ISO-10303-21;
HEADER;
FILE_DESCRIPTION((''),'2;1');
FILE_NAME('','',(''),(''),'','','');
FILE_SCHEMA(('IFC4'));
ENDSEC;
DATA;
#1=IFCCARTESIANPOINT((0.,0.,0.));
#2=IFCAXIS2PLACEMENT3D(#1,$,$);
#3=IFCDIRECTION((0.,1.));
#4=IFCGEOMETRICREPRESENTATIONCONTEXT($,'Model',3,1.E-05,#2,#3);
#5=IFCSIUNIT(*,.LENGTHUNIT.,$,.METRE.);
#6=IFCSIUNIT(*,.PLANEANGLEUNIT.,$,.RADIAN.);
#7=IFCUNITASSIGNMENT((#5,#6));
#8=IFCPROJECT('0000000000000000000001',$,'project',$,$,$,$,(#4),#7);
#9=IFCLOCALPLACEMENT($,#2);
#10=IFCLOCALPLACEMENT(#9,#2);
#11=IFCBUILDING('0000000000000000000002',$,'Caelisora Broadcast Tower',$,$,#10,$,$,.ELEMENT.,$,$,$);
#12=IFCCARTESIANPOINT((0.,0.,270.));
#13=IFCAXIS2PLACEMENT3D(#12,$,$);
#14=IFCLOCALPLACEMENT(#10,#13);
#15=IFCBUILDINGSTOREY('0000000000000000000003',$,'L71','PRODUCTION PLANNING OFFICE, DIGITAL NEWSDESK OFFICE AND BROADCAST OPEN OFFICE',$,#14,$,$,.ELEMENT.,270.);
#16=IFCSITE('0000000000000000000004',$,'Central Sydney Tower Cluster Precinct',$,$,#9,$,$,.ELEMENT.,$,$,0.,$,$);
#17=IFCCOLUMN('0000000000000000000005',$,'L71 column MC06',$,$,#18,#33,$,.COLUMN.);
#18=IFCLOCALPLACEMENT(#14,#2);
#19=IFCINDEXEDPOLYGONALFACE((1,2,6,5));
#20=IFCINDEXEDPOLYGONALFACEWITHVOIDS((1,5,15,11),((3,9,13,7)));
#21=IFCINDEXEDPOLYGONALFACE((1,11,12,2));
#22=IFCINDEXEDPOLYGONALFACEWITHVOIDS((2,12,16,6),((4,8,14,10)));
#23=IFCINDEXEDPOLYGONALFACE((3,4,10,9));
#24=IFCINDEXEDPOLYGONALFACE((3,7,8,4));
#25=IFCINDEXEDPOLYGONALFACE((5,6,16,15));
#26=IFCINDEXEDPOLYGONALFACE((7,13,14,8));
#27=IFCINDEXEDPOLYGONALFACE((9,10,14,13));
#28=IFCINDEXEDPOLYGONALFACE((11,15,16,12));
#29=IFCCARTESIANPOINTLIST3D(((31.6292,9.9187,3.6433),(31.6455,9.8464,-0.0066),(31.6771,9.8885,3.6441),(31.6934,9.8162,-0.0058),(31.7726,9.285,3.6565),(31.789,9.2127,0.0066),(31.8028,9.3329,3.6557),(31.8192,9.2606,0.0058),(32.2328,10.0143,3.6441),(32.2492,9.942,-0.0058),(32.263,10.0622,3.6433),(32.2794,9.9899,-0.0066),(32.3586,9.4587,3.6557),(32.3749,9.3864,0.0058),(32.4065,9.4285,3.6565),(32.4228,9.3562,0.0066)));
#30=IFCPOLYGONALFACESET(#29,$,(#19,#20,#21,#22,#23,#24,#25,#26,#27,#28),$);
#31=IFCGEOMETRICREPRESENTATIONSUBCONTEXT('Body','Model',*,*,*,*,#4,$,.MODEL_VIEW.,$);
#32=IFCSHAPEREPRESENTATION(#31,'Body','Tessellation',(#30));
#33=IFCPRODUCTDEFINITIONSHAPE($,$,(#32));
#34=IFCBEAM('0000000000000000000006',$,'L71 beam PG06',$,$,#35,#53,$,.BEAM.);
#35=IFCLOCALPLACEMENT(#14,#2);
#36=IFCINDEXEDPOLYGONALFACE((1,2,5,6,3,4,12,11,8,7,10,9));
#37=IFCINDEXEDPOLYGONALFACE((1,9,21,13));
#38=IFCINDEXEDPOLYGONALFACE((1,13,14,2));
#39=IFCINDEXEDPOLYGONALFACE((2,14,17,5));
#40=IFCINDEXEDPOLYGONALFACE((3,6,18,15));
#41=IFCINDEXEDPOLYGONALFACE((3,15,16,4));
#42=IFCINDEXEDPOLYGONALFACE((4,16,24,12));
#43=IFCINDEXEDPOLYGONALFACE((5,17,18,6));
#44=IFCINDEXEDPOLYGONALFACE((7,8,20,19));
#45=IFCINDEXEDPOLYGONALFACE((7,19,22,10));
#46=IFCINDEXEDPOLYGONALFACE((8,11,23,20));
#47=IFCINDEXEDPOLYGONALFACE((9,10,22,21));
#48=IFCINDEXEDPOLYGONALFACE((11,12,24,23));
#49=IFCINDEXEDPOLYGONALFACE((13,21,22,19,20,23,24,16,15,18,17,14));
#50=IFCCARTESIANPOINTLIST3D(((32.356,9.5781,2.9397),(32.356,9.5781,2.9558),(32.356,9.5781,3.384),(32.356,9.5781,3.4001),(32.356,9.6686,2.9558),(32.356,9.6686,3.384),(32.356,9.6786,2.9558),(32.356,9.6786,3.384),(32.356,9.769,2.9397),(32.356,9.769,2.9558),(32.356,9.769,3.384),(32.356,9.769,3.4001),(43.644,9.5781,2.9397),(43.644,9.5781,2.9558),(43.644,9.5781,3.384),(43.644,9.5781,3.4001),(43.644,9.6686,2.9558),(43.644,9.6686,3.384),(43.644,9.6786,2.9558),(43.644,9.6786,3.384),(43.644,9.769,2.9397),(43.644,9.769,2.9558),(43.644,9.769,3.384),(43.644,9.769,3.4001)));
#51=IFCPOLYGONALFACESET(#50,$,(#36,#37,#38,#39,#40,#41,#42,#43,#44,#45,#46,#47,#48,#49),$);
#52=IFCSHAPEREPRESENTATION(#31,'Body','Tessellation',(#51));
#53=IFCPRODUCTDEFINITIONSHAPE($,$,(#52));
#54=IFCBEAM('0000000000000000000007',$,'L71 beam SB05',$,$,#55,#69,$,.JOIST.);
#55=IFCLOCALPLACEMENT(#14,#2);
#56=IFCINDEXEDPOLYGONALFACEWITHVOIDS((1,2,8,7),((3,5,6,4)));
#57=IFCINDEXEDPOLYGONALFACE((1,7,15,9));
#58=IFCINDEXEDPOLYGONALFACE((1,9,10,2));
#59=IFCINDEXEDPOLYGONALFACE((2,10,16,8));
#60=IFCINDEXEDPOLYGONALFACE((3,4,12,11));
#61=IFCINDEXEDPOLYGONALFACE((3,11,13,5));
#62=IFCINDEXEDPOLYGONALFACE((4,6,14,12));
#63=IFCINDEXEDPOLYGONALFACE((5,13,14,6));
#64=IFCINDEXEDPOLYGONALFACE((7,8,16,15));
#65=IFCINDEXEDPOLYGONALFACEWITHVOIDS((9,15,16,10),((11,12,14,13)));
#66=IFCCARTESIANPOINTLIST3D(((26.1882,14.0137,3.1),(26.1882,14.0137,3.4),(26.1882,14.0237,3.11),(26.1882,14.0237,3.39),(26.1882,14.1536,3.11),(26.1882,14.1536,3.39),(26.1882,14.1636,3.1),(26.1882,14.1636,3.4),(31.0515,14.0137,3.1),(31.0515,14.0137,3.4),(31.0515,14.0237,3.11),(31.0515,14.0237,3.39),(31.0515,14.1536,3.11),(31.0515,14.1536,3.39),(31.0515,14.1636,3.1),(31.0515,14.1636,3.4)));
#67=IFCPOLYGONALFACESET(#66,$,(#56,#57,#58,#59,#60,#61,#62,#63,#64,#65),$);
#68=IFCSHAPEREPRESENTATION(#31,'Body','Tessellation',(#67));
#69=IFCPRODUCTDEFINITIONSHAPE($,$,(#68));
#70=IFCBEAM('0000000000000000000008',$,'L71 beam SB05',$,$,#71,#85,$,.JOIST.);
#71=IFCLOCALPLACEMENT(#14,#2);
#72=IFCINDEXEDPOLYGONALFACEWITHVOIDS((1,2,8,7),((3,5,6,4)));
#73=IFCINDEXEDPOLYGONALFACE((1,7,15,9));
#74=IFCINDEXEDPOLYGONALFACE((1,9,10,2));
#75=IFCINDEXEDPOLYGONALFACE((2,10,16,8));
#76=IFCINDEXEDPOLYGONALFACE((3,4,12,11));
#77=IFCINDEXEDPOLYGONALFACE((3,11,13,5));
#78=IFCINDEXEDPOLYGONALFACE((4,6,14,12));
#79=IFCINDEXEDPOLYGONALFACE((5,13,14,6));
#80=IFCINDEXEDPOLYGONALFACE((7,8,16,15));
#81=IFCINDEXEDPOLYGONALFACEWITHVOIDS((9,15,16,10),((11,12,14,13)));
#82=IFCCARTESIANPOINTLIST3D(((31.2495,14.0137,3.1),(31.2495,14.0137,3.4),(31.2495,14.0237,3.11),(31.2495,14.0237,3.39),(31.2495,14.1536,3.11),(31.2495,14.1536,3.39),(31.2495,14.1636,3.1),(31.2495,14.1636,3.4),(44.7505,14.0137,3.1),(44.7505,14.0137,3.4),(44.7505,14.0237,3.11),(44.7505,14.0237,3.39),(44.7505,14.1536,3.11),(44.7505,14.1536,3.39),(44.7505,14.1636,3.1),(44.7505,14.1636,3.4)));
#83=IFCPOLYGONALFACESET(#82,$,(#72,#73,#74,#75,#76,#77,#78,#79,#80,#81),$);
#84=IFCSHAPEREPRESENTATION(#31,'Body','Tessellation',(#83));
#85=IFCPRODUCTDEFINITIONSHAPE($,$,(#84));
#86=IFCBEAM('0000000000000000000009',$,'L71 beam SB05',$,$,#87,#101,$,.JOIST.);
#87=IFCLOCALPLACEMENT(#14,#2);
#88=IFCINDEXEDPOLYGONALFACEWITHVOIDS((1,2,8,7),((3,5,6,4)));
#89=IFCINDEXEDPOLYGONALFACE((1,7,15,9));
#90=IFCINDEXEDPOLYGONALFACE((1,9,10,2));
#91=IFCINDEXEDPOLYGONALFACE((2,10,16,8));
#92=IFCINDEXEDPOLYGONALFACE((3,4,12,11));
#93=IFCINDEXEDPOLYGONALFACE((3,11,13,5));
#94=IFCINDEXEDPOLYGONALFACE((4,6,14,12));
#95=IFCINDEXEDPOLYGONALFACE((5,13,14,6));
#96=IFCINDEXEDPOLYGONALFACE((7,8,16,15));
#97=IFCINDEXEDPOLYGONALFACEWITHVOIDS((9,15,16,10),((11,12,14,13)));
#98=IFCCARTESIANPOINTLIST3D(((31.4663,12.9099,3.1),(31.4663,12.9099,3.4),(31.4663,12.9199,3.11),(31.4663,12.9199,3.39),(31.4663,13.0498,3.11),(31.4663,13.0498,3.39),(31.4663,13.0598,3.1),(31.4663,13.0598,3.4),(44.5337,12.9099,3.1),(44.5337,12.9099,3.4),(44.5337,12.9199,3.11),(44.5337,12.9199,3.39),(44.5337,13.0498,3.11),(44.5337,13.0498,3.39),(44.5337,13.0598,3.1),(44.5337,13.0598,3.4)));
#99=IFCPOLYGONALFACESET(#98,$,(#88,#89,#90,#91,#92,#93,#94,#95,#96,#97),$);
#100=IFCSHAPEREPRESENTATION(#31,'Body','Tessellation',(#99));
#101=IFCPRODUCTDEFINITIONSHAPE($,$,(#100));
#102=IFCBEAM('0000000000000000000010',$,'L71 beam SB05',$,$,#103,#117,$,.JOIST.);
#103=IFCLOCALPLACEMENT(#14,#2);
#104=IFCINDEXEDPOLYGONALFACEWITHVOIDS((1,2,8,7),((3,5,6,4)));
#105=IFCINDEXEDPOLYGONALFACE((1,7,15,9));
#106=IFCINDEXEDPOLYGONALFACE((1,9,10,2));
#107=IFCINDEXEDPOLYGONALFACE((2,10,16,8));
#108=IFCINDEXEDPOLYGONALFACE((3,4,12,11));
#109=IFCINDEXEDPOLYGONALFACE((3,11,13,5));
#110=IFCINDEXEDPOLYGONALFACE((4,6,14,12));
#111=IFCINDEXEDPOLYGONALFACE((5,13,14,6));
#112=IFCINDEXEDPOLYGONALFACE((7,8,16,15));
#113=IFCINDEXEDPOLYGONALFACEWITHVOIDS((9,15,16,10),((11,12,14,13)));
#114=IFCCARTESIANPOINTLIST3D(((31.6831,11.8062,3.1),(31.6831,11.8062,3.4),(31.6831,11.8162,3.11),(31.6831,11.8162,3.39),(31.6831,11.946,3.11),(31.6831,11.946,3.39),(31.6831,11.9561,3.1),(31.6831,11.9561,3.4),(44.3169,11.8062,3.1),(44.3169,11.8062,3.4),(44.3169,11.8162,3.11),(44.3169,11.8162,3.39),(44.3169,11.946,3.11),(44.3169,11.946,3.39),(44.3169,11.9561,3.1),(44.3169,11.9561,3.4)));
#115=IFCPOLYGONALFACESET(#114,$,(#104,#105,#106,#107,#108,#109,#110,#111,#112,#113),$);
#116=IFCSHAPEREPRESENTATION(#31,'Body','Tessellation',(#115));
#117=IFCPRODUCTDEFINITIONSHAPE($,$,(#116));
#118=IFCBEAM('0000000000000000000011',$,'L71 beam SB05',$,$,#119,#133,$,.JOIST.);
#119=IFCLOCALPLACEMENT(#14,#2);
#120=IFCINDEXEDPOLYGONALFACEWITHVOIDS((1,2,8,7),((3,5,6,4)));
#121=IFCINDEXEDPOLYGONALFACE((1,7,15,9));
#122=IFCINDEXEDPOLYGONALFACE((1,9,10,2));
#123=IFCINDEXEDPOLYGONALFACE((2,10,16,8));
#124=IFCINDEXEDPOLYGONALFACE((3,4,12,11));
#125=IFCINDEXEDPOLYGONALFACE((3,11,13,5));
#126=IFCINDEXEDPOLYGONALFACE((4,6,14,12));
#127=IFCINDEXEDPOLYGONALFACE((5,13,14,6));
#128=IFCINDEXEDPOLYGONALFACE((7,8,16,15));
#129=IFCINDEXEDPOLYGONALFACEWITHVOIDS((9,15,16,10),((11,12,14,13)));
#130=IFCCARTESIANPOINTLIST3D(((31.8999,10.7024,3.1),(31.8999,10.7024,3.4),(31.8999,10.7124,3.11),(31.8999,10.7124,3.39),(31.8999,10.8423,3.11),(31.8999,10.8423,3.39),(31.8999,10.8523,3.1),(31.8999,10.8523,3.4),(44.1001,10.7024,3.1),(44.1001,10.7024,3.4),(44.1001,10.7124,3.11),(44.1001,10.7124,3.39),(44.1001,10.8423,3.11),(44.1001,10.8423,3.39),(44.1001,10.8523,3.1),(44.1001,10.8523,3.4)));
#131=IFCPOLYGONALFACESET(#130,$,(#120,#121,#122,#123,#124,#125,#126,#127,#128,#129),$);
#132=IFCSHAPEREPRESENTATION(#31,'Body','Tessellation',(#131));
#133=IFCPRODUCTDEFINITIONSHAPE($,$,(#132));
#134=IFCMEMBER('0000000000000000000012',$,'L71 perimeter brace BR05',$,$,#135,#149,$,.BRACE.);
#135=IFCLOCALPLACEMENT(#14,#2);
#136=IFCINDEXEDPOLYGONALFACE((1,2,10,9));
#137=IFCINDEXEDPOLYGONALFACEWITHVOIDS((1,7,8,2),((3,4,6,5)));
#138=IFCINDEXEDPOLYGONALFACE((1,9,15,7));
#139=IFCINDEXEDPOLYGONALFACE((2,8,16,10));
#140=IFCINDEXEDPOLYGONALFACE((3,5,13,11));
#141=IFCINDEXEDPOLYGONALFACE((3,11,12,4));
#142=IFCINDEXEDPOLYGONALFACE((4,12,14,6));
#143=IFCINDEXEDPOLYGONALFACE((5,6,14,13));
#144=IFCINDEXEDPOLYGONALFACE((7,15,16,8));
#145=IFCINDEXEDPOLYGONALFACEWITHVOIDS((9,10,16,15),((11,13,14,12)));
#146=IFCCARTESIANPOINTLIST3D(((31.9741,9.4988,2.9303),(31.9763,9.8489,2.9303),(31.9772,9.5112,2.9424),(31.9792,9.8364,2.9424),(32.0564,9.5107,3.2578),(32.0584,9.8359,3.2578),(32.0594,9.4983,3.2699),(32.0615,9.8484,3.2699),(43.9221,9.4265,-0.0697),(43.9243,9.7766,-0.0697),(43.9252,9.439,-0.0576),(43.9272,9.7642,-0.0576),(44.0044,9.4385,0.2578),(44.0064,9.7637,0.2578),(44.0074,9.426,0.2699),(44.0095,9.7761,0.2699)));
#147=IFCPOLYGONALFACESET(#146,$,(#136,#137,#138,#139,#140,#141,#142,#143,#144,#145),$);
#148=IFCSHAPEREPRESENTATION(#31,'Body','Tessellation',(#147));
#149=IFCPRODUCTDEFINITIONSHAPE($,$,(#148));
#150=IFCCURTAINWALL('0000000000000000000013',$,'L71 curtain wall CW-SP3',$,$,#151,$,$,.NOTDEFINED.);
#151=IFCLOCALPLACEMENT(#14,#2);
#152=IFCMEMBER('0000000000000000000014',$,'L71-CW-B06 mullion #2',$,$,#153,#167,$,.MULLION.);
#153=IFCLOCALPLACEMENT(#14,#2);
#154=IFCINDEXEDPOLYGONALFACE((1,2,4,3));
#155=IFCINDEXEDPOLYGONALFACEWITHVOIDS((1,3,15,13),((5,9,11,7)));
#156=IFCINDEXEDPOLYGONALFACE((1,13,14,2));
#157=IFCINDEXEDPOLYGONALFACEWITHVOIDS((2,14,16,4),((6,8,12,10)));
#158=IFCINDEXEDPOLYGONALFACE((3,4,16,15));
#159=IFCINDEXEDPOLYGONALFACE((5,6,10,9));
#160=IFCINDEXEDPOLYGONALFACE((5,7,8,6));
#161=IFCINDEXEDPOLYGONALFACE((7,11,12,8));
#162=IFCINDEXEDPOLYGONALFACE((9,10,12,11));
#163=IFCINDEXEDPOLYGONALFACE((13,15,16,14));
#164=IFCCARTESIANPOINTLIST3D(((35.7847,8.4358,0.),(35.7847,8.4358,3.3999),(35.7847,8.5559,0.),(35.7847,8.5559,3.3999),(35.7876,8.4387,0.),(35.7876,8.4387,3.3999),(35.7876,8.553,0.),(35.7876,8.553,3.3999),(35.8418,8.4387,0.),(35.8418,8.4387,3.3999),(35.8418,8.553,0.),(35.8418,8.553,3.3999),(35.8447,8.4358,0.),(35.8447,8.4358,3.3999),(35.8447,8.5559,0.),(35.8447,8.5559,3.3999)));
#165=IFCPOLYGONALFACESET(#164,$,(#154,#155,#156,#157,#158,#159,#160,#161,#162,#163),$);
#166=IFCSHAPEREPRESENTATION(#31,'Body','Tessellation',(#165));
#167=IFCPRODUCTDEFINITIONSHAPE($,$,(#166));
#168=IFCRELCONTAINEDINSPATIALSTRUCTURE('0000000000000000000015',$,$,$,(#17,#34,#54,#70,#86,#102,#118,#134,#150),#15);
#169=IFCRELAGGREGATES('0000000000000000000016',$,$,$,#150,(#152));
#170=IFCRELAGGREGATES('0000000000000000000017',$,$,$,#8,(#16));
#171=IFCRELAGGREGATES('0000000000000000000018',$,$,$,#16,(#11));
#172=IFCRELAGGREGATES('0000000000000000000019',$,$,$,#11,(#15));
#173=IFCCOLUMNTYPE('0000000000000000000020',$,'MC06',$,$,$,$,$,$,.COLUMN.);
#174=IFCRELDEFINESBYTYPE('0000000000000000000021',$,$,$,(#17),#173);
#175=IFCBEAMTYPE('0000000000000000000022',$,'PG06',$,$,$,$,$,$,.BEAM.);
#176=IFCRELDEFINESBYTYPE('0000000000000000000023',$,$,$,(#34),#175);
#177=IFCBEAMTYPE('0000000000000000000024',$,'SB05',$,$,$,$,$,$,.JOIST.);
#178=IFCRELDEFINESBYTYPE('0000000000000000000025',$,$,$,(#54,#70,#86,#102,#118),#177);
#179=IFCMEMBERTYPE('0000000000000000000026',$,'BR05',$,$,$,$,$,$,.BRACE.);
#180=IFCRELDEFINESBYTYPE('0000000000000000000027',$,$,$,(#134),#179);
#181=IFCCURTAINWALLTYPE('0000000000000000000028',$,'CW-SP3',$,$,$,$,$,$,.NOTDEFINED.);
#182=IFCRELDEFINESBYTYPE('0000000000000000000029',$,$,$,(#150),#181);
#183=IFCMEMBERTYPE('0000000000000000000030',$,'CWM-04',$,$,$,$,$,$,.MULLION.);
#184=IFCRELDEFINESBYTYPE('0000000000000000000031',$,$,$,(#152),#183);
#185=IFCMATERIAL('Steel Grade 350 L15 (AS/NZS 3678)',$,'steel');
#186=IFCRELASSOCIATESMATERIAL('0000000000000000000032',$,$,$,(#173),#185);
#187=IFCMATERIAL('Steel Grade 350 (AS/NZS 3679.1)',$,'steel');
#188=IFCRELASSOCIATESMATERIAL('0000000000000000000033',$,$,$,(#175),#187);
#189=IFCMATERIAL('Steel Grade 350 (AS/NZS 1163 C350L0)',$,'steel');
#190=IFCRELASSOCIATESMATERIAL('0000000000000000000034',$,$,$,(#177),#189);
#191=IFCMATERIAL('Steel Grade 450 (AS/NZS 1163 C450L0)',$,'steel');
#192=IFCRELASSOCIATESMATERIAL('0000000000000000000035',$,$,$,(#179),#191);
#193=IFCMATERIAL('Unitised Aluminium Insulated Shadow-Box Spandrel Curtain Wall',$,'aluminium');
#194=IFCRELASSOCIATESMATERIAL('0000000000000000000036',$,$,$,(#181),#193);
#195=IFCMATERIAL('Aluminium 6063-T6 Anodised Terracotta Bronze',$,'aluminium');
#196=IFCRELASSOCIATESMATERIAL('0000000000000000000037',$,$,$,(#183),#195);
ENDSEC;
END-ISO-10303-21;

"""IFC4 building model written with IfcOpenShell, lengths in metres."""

from ifc_helpers import new_model, si_unit, direction, frame, origin, origin_2d, place, context, subcontext, project, spatial, hollow_rectangle, i_section, extrude, source, transform, mapped, material, material_profile, profile_set, type_object, type_shapes, element, aggregate, save


model = new_model("IFC4")

# Units and contexts
model_context = context("Model", 3, precision=1e-05, world=origin(), true_north=direction((0.0, 1.0)))
body_context = subcontext(model_context, "Body", "Model", "MODEL_VIEW")
ifc_project = project(units=[si_unit("LENGTHUNIT", "METRE"), si_unit("PLANEANGLEUNIT", "RADIAN")], contexts=[model_context])

# Site, building, storey
site_placement = place(None, origin())
site = spatial("IfcSite", under=ifc_project, at=site_placement, Name="Central Sydney Tower Cluster Precinct", CompositionType="ELEMENT", RefElevation=0.0)
building_placement = place(site_placement, origin())
building = spatial("IfcBuilding", under=site, at=building_placement, Name="Caelisora Broadcast Tower", CompositionType="ELEMENT")
storey_placement = place(building_placement, frame((0.0, 0.0, 270.0)))
storey = spatial("IfcBuildingStorey", under=building, at=storey_placement, Name="L71", Description="PRODUCTION PLANNING OFFICE, DIGITAL NEWSDESK OFFICE AND BROADCAST OPEN OFFICE", CompositionType="ELEMENT", Elevation=270.0)

# Column
ifc_material_1 = material(Name="Steel Grade 350 L15 (AS/NZS 3678)", Category="steel")
ifc_material_profile_1 = material_profile(ifc_material_1, hollow_rectangle(XDim=0.6499, YDim=0.6499, WallThickness=0.04, at=origin_2d()), Name="Steel Grade 350 L15 (AS/NZS 3678)")
ifc_profile_set_1 = profile_set([ifc_material_profile_1], Name="Steel Grade 350 L15 (AS/NZS 3678)")
column_type = type_object("IfcColumnType", Name="MC06", PredefinedType="COLUMN", material=ifc_profile_set_1)
shared_shape_1 = source(origin(), body_context, "Body", "SweptSolid", [
    extrude(hollow_rectangle(XDim=0.6499, YDim=0.6499, WallThickness=0.04, at=origin_2d()), origin(), (0.0, 0.0, 1.0), 3.6506),
])
type_shapes(column_type, [shared_shape_1])
column_placement = place(storey_placement, frame((32.0342, 9.6013, 0.0), z_axis=(-0.004481, 0.019795, 0.999794), x_axis=(-0.975327, -0.220767, 0.0)))
element("IfcColumn", 1, at=column_placement, inside=storey, type_object=column_type, Name="L71 column MC06", PredefinedType="COLUMN", context=body_context, shape_type="MappedRepresentation", body=[
    mapped(shared_shape_1, transform((0.0, 0.0, 0.0), scale=1.0)),
])

# Beams
ifc_material_2 = material(Name="Steel Grade 350 (AS/NZS 3679.1)", Category="steel")
ifc_material_profile_2 = material_profile(ifc_material_2, i_section(OverallWidth=0.1909, OverallDepth=0.4604, WebThickness=0.01, FlangeThickness=0.0161, at=origin_2d()), Name="Steel Grade 350 (AS/NZS 3679.1)")
ifc_profile_set_2 = profile_set([ifc_material_profile_2], Name="Steel Grade 350 (AS/NZS 3679.1)")
beam_type_1 = type_object("IfcBeamType", Name="PG06", PredefinedType="BEAM", material=ifc_profile_set_2)
shared_shape_2 = source(origin(), body_context, "Body", "SweptSolid", [
    extrude(i_section(OverallWidth=0.1909, OverallDepth=0.4604, WebThickness=0.01, FlangeThickness=0.0161, at=origin_2d()), origin(), (0.0, 0.0, 1.0), 11.2881),
])
type_shapes(beam_type_1, [shared_shape_2])
beam_1_placement = place(storey_placement, frame((32.356, 9.6736, 3.1699), z_axis=(1.0, 0.0, 0.0), x_axis=(0.0, 1.0, 0.0)))
element("IfcBeam", 2, at=beam_1_placement, inside=storey, type_object=beam_type_1, Name="L71 beam PG06", PredefinedType="BEAM", context=body_context, shape_type="MappedRepresentation", body=[
    mapped(shared_shape_2, transform((0.0, 0.0, 0.0), scale=1.0)),
])
ifc_material_3 = material(Name="Steel Grade 350 (AS/NZS 1163 C350L0)", Category="steel")
ifc_material_profile_3 = material_profile(ifc_material_3, hollow_rectangle(XDim=0.1499, YDim=0.3, WallThickness=0.01, at=origin_2d()), Name="Steel Grade 350 (AS/NZS 1163 C350L0)")
ifc_profile_set_3 = profile_set([ifc_material_profile_3], Name="Steel Grade 350 (AS/NZS 1163 C350L0)")
beam_type_2 = type_object("IfcBeamType", Name="SB05", PredefinedType="JOIST", material=ifc_profile_set_3)
shared_shape_3 = source(origin(), body_context, "Body", "SweptSolid", [
    extrude(hollow_rectangle(XDim=0.1499, YDim=0.3, WallThickness=0.01, at=origin_2d()), origin(), (0.0, 0.0, 1.0), 4.8633),
])
beam_2_placement = place(storey_placement, frame((26.1882, 14.0886, 3.25), z_axis=(1.0, 0.0, 0.0), x_axis=(0.0, 1.0, 0.0)))
element("IfcBeam", 3, at=beam_2_placement, inside=storey, type_object=beam_type_2, Name="L71 beam SB05", PredefinedType="JOIST", context=body_context, shape_type="MappedRepresentation", body=[
    mapped(shared_shape_3, transform((0.0, 0.0, 0.0), scale=1.0)),
])
shared_shape_4 = source(origin(), body_context, "Body", "SweptSolid", [
    extrude(hollow_rectangle(XDim=0.1499, YDim=0.3, WallThickness=0.01, at=origin_2d()), origin(), (0.0, 0.0, 1.0), 13.501),
])
beam_3_placement = place(storey_placement, frame((31.2495, 14.0886, 3.25), z_axis=(1.0, 0.0, 0.0), x_axis=(0.0, 1.0, 0.0)))
element("IfcBeam", 4, at=beam_3_placement, inside=storey, type_object=beam_type_2, Name="L71 beam SB05", PredefinedType="JOIST", context=body_context, shape_type="MappedRepresentation", body=[
    mapped(shared_shape_4, transform((0.0, 0.0, 0.0), scale=1.0)),
])
shared_shape_5 = source(origin(), body_context, "Body", "SweptSolid", [
    extrude(hollow_rectangle(XDim=0.1499, YDim=0.3, WallThickness=0.01, at=origin_2d()), origin(), (0.0, 0.0, 1.0), 13.0674),
])
beam_4_placement = place(storey_placement, frame((31.4663, 12.9849, 3.25), z_axis=(1.0, 0.0, 0.0), x_axis=(0.0, 1.0, 0.0)))
element("IfcBeam", 5, at=beam_4_placement, inside=storey, type_object=beam_type_2, Name="L71 beam SB05", PredefinedType="JOIST", context=body_context, shape_type="MappedRepresentation", body=[
    mapped(shared_shape_5, transform((0.0, 0.0, 0.0), scale=1.0)),
])
shared_shape_6 = source(origin(), body_context, "Body", "SweptSolid", [
    extrude(hollow_rectangle(XDim=0.1499, YDim=0.3, WallThickness=0.01, at=origin_2d()), origin(), (0.0, 0.0, 1.0), 12.6338),
])
beam_5_placement = place(storey_placement, frame((31.6831, 11.8811, 3.25), z_axis=(1.0, 0.0, 0.0), x_axis=(0.0, 1.0, 0.0)))
element("IfcBeam", 6, at=beam_5_placement, inside=storey, type_object=beam_type_2, Name="L71 beam SB05", PredefinedType="JOIST", context=body_context, shape_type="MappedRepresentation", body=[
    mapped(shared_shape_6, transform((0.0, 0.0, 0.0), scale=1.0)),
])
shared_shape_7 = source(origin(), body_context, "Body", "SweptSolid", [
    extrude(hollow_rectangle(XDim=0.1499, YDim=0.3, WallThickness=0.01, at=origin_2d()), origin(), (0.0, 0.0, 1.0), 12.2002),
])
type_shapes(beam_type_2, [shared_shape_3, shared_shape_4, shared_shape_5, shared_shape_6, shared_shape_7])
beam_6_placement = place(storey_placement, frame((31.8999, 10.7773, 3.25), z_axis=(1.0, 0.0, 0.0), x_axis=(0.0, 1.0, 0.0)))
element("IfcBeam", 7, at=beam_6_placement, inside=storey, type_object=beam_type_2, Name="L71 beam SB05", PredefinedType="JOIST", context=body_context, shape_type="MappedRepresentation", body=[
    mapped(shared_shape_7, transform((0.0, 0.0, 0.0), scale=1.0)),
])

# Member
ifc_material_4 = material(Name="Steel Grade 450 (AS/NZS 1163 C450L0)", Category="steel")
ifc_material_profile_4 = material_profile(ifc_material_4, hollow_rectangle(XDim=0.3501, YDim=0.3501, WallThickness=0.0125, at=origin_2d()), Name="Steel Grade 450 (AS/NZS 1163 C450L0)")
ifc_profile_set_4 = profile_set([ifc_material_profile_4], Name="Steel Grade 450 (AS/NZS 1163 C450L0)")
member_type_1 = type_object("IfcMemberType", Name="BR05", PredefinedType="BRACE", material=ifc_profile_set_4)
shared_shape_8 = source(origin(), body_context, "Body", "SweptSolid", [
    extrude(hollow_rectangle(XDim=0.3501, YDim=0.3501, WallThickness=0.0125, at=origin_2d()), origin(), (0.0, 0.0, 1.0), 12.3191),
])
type_shapes(member_type_1, [shared_shape_8])
member_1_placement = place(storey_placement, frame((32.0178, 9.6736, 3.1001), z_axis=(0.969877, -0.005866, -0.243525), x_axis=(0.006048, 0.999982, 0.0)))
element("IfcMember", 8, at=member_1_placement, inside=storey, type_object=member_type_1, Name="L71 perimeter brace BR05", PredefinedType="BRACE", context=body_context, shape_type="MappedRepresentation", body=[
    mapped(shared_shape_8, transform((0.0, 0.0, 0.0), scale=1.0)),
])

# Curtain wall, member
ifc_material_5 = material(Name="Unitised Aluminium Insulated Shadow-Box Spandrel Curtain Wall", Category="aluminium")
curtain_wall_type_1 = type_object("IfcCurtainWallType", Name="CW-SP3", PredefinedType="NOTDEFINED", material=ifc_material_5)
curtain_wall_1_placement = place(storey_placement, origin())
curtain_wall_1 = element("IfcCurtainWall", 9, at=curtain_wall_1_placement, inside=storey, type_object=curtain_wall_type_1, Name="L71 curtain wall CW-SP3", PredefinedType="NOTDEFINED")
ifc_material_6 = material(Name="Aluminium 6063-T6 Anodised Terracotta Bronze", Category="aluminium")
ifc_material_profile_5 = material_profile(ifc_material_6, hollow_rectangle(XDim=0.0601, YDim=0.1201, WallThickness=0.0029, at=origin_2d()), Name="Aluminium 6063-T6 Anodised Terracotta Bronze")
ifc_profile_set_5 = profile_set([ifc_material_profile_5], Name="Aluminium 6063-T6 Anodised Terracotta Bronze")
member_type_2 = type_object("IfcMemberType", Name="CWM-04", PredefinedType="MULLION", material=ifc_profile_set_5)
shared_shape_9 = source(origin(), body_context, "Body", "SweptSolid", [
    extrude(hollow_rectangle(XDim=0.0601, YDim=0.1201, WallThickness=0.0029, at=origin_2d()), origin(), (0.0, 0.0, 1.0), 3.3999),
])
type_shapes(member_type_2, [shared_shape_9])
member_2_placement = place(storey_placement, frame((35.8147, 8.4958, 0.0), z_axis=(0.0, 0.0, 1.0), x_axis=(1.0, 0.0, 0.0)))
member_2 = element("IfcMember", 10, at=member_2_placement, type_object=member_type_2, Name="L71-CW-B06 mullion #2", PredefinedType="MULLION", context=body_context, shape_type="MappedRepresentation", body=[
    mapped(shared_shape_9, transform((0.0, 0.0, 0.0), scale=1.0)),
])

aggregate(curtain_wall_1, [member_2])

save(model, "model.ifc")
